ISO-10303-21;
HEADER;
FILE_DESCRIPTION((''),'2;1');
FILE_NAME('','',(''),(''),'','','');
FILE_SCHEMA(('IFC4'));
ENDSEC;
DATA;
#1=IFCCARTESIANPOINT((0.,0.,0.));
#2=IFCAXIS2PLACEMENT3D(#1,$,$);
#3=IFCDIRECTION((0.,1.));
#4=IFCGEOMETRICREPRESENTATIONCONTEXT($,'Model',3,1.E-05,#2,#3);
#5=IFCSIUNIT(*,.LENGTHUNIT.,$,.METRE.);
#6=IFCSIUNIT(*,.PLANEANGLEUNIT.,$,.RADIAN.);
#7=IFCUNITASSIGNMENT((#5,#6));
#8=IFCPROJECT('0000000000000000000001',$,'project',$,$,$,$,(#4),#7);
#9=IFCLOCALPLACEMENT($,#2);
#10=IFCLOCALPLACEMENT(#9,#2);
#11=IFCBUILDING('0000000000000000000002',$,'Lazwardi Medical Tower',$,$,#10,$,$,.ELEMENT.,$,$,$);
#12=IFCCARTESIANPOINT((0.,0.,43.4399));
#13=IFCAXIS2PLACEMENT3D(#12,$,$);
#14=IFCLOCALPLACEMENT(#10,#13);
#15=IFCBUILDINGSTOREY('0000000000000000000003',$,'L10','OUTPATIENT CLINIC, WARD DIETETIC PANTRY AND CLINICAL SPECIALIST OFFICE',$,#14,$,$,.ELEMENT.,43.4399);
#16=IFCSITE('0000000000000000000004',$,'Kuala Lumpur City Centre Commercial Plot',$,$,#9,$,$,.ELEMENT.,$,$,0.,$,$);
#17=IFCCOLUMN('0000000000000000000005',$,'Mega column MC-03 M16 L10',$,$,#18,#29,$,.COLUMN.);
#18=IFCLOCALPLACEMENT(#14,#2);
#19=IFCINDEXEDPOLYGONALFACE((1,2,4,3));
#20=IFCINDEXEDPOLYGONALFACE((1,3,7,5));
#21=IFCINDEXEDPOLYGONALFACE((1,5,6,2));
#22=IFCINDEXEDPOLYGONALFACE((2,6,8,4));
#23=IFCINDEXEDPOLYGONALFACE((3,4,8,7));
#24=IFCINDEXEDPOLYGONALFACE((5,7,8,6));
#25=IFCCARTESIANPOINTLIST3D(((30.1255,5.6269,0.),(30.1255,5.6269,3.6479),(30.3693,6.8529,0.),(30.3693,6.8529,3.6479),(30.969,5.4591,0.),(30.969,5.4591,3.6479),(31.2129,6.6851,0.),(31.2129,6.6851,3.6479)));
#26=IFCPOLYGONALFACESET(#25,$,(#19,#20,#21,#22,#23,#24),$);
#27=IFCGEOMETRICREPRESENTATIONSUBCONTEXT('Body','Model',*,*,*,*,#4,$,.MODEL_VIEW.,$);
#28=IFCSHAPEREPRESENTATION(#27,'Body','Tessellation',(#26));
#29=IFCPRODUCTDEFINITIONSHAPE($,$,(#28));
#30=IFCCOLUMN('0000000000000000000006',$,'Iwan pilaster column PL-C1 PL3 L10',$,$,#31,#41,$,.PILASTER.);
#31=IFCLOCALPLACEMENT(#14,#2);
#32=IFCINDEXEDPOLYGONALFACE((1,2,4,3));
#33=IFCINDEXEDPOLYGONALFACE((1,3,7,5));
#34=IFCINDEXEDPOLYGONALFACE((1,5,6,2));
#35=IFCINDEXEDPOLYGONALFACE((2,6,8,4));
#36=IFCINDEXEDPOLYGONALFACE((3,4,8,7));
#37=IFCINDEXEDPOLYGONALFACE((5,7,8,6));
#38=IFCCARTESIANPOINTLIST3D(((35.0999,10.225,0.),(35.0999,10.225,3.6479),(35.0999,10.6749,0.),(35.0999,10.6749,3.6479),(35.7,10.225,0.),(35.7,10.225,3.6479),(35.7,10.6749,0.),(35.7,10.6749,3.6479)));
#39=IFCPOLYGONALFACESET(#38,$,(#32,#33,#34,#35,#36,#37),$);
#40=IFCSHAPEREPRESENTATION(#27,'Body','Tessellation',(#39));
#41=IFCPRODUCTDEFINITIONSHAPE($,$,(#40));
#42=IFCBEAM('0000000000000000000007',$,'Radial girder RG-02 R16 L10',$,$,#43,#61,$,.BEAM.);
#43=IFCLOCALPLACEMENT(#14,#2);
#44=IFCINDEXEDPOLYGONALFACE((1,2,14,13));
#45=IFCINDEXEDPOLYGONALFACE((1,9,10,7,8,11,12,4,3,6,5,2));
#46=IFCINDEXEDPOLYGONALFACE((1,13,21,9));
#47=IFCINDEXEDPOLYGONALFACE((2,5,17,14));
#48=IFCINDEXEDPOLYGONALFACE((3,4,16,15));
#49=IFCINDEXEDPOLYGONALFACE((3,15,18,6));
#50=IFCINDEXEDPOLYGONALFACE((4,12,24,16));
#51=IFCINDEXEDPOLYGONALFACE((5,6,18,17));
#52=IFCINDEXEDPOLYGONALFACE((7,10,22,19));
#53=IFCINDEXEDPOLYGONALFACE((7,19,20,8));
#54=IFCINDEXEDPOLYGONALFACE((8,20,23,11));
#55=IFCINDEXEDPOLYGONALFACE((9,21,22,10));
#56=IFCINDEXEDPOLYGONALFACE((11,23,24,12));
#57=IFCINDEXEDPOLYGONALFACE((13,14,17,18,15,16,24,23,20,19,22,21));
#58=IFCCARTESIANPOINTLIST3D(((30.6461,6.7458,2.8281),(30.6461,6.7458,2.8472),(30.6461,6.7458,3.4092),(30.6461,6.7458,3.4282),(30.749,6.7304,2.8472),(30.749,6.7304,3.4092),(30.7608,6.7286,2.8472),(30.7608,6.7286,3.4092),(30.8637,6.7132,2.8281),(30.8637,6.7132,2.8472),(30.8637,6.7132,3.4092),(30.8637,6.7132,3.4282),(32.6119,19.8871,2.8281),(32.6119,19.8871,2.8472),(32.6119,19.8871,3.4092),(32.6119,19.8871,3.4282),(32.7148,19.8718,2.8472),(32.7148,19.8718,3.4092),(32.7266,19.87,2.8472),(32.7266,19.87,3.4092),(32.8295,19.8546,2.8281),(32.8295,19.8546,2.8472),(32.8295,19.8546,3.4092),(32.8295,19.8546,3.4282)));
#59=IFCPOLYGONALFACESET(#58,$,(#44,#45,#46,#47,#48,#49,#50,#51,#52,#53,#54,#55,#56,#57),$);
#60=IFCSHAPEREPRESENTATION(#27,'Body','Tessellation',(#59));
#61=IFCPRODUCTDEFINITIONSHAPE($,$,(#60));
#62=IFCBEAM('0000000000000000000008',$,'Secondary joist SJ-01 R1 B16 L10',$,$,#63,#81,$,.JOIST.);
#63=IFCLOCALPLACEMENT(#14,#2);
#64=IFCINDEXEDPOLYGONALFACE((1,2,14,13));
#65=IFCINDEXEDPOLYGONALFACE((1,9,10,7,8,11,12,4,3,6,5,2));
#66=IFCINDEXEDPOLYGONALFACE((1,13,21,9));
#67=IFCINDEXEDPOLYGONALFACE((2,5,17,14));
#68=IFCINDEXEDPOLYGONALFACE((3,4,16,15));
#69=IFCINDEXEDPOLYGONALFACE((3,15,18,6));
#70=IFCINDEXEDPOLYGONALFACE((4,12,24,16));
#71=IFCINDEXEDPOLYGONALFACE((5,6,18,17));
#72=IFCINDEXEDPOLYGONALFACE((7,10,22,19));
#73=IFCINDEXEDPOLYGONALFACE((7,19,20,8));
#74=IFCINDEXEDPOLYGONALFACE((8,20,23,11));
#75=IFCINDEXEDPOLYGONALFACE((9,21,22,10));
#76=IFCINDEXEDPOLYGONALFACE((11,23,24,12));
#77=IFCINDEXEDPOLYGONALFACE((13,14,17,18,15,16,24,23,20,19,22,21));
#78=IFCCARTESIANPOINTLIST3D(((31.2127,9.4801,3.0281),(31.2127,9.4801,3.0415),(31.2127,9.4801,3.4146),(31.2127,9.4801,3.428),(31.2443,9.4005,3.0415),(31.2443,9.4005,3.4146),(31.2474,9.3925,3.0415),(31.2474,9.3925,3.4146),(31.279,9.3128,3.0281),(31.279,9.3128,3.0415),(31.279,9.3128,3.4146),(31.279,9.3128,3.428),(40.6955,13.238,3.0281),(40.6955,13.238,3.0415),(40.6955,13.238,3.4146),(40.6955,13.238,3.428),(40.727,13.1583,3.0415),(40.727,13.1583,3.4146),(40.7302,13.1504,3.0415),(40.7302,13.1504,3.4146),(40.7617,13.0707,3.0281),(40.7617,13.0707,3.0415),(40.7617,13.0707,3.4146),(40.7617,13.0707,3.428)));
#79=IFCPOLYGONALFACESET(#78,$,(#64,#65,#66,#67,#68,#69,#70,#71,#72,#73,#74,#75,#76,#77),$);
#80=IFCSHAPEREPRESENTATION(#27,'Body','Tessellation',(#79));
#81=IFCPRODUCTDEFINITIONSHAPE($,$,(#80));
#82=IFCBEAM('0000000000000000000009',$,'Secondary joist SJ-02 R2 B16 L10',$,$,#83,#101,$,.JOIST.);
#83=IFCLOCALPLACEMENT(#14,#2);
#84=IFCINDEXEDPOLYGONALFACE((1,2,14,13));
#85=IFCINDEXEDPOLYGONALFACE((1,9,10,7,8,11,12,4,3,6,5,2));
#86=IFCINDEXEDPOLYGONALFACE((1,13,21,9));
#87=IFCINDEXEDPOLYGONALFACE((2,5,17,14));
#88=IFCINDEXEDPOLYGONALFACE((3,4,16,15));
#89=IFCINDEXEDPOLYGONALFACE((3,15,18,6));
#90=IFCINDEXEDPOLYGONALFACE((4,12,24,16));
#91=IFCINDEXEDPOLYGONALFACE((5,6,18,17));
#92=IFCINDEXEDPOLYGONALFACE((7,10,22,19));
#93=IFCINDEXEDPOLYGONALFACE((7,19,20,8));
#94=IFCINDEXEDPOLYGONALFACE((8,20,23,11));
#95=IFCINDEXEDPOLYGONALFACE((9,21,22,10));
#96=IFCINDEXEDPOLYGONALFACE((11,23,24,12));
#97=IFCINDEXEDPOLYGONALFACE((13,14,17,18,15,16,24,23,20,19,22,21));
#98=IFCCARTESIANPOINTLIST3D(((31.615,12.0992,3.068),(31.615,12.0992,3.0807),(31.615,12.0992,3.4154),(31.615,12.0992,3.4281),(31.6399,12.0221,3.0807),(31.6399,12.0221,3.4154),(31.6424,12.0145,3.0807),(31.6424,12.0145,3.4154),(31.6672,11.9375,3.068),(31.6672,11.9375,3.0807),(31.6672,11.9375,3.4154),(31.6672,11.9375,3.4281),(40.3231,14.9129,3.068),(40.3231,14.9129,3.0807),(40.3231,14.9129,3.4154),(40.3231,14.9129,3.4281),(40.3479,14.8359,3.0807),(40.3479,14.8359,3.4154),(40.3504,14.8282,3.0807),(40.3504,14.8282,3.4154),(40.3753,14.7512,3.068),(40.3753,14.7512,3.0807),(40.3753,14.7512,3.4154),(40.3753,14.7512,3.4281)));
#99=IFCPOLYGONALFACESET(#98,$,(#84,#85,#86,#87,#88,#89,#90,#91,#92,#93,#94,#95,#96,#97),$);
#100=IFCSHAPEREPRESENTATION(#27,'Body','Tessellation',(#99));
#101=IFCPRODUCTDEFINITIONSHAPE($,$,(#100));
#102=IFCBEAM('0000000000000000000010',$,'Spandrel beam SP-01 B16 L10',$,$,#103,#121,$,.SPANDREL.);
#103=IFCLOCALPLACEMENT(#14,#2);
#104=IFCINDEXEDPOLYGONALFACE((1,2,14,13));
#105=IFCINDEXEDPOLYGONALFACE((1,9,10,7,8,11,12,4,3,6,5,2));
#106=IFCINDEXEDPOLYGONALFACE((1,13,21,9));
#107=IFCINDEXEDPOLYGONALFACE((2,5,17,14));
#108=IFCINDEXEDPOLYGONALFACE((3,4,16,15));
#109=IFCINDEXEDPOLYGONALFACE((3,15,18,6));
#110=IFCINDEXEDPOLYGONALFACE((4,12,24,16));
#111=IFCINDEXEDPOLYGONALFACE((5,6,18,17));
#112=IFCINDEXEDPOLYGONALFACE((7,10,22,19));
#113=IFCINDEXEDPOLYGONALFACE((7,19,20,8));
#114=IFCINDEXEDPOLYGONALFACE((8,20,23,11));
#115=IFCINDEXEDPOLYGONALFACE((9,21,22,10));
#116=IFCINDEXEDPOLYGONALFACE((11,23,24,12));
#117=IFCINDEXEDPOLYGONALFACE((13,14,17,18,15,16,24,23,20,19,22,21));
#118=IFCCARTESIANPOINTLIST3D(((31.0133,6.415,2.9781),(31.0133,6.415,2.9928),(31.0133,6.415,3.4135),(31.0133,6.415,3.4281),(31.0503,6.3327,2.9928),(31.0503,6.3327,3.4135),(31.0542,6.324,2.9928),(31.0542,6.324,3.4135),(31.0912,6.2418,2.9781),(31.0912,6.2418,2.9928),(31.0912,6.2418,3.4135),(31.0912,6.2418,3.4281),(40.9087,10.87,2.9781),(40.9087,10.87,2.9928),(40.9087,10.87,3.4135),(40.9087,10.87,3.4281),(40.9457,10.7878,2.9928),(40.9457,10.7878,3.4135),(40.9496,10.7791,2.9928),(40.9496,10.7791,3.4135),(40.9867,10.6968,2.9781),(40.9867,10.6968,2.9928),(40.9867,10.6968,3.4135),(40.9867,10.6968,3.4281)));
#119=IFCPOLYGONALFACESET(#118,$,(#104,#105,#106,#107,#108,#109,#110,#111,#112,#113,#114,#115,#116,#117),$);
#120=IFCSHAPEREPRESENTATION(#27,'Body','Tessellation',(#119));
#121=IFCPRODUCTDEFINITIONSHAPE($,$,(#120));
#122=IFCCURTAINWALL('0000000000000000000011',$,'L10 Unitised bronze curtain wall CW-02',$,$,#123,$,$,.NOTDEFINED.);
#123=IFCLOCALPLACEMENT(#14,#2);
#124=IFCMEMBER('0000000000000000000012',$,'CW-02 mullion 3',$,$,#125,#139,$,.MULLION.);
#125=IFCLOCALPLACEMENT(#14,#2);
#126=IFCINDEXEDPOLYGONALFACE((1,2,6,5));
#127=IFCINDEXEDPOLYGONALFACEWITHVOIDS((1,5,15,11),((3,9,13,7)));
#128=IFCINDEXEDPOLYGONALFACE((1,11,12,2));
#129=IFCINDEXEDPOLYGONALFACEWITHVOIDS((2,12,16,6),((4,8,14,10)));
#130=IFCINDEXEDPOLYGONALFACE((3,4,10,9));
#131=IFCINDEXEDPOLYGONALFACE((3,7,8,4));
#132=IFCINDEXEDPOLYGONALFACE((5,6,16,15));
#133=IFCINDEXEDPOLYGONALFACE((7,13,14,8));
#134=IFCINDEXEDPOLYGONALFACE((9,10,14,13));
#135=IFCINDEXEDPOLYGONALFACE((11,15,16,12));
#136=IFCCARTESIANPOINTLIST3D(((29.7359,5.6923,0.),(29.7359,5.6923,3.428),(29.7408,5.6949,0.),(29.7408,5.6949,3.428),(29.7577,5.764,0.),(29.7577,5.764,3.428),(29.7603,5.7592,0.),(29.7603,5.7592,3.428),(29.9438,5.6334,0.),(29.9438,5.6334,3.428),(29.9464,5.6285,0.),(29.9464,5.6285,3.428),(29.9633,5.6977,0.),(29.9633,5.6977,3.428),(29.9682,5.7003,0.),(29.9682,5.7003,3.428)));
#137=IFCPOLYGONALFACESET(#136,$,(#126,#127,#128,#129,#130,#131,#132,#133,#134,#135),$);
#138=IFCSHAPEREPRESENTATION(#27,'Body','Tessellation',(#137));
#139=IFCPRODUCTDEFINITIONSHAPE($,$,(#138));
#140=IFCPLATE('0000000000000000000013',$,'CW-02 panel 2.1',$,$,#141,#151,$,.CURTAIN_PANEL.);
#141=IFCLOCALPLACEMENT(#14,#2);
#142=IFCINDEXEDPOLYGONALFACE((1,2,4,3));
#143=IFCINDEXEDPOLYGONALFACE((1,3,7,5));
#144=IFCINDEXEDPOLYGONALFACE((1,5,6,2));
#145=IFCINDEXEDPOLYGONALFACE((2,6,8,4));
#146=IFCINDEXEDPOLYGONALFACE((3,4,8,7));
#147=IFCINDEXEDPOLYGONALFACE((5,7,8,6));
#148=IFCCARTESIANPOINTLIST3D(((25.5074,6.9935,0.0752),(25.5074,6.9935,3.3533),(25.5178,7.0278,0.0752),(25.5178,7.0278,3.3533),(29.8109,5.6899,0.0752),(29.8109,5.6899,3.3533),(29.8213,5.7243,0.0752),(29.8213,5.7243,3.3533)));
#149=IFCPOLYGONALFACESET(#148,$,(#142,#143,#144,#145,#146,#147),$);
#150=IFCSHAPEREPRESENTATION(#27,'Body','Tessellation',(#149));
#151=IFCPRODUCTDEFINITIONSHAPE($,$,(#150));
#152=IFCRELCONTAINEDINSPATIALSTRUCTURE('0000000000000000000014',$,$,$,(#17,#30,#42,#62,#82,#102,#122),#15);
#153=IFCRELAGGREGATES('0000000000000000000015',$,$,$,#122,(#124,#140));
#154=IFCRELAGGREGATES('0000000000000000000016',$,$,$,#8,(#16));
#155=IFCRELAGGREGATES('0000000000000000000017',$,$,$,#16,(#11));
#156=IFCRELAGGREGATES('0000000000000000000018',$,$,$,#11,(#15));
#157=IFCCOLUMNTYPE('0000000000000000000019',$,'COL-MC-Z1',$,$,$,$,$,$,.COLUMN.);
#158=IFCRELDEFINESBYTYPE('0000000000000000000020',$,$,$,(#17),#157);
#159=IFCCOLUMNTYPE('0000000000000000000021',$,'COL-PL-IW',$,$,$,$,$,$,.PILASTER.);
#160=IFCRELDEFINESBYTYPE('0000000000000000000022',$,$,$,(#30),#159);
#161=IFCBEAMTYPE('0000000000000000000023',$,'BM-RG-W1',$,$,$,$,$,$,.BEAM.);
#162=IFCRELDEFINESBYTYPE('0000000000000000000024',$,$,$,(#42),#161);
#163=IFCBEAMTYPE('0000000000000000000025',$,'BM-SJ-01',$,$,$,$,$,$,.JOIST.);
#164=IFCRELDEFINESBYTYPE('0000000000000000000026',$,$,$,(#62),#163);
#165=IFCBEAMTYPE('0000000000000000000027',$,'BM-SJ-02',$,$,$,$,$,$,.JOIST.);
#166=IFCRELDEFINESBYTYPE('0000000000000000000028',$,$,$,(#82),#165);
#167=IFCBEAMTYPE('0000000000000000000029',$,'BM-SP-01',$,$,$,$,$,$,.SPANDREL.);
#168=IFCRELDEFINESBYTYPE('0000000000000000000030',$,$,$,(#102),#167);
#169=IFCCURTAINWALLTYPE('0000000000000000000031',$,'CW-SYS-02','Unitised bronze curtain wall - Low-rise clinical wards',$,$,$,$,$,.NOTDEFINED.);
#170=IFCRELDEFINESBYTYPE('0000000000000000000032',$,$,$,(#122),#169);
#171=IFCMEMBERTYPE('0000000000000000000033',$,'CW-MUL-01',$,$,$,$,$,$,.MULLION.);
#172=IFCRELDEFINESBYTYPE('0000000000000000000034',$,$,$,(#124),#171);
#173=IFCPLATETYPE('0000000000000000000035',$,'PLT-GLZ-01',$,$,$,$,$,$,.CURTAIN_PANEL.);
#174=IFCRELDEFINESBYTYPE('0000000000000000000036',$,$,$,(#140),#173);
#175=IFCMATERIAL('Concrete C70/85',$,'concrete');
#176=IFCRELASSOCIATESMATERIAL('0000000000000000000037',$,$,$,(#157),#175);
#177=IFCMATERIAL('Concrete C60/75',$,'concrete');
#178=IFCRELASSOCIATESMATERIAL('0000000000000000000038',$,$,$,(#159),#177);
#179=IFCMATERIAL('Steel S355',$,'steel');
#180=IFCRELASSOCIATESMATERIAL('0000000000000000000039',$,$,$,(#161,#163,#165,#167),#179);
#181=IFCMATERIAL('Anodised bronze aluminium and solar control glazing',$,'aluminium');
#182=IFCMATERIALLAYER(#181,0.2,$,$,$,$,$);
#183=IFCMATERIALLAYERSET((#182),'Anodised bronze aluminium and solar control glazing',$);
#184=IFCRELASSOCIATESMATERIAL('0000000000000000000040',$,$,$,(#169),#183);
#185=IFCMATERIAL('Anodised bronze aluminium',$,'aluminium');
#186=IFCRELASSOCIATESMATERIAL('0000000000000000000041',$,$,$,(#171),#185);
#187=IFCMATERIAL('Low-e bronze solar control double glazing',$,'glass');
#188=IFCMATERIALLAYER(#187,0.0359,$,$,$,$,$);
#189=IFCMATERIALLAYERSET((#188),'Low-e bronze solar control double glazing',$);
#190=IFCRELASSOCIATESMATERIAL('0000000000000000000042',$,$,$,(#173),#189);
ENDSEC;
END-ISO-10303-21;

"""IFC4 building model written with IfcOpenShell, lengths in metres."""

from ifc_helpers import new_model, si_unit, direction, frame, origin, origin_2d, place, context, subcontext, project, spatial, rectangle, hollow_rectangle, i_section, extrude, material, layer, layer_set, material_profile, profile_set, type_object, element, aggregate, save


model = new_model("IFC4")

# Units and contexts
model_context = context("Model", 3, precision=1e-05, world=origin(), true_north=direction((0.0, 1.0)))
body_context = subcontext(model_context, "Body", "Model", "MODEL_VIEW")
ifc_project = project(units=[si_unit("LENGTHUNIT", "METRE"), si_unit("PLANEANGLEUNIT", "RADIAN")], contexts=[model_context])

# Site, building, storey
site_placement = place(None, origin())
site = spatial("IfcSite", under=ifc_project, at=site_placement, Name="Kuala Lumpur City Centre Commercial Plot", CompositionType="ELEMENT", RefElevation=0.0)
building_placement = place(site_placement, origin())
building = spatial("IfcBuilding", under=site, at=building_placement, Name="Lazwardi Medical Tower", CompositionType="ELEMENT")
storey_placement = place(building_placement, frame((0.0, 0.0, 43.4399)))
storey = spatial("IfcBuildingStorey", under=building, at=storey_placement, Name="L10", Description="OUTPATIENT CLINIC, WARD DIETETIC PANTRY AND CLINICAL SPECIALIST OFFICE", CompositionType="ELEMENT", Elevation=43.4399)

# Columns
ifc_material_1 = material(Name="Concrete C70/85", Category="concrete")
ifc_material_profile_1 = material_profile(ifc_material_1, rectangle(XDim=1.25, YDim=0.8601, at=origin_2d()), Name="CFT-RECT 1250x860")
ifc_profile_set_1 = profile_set([ifc_material_profile_1], Name="Concrete C70/85")
column_type_1 = type_object("IfcColumnType", Name="COL-MC-Z1", PredefinedType="COLUMN", material=ifc_profile_set_1)
column_1_placement = place(storey_placement, frame((30.6692, 6.156, 0.0), z_axis=(0.0, 0.0, 1.0), x_axis=(-0.19509, -0.980785, 0.0)))
element("IfcColumn", 1, at=column_1_placement, inside=storey, type_object=column_type_1, Name="Mega column MC-03 M16 L10", PredefinedType="COLUMN", context=body_context, shape_type="SweptSolid", body=[
    extrude(rectangle(XDim=1.25, YDim=0.8601, at=origin_2d()), origin(), (0.0, 0.0, 1.0), 3.6479),
])
ifc_material_2 = material(Name="Concrete C60/75", Category="concrete")
ifc_material_profile_2 = material_profile(ifc_material_2, rectangle(XDim=0.6001, YDim=0.45, at=origin_2d()), Name="RC 600x450")
ifc_profile_set_2 = profile_set([ifc_material_profile_2], Name="Concrete C60/75")
column_type_2 = type_object("IfcColumnType", Name="COL-PL-IW", PredefinedType="PILASTER", material=ifc_profile_set_2)
column_2_placement = place(storey_placement, frame((35.3999, 10.45, 0.0), z_axis=(0.0, 0.0, 1.0), x_axis=(1.0, 0.0, 0.0)))
element("IfcColumn", 2, at=column_2_placement, inside=storey, type_object=column_type_2, Name="Iwan pilaster column PL-C1 PL3 L10", PredefinedType="PILASTER", context=body_context, shape_type="SweptSolid", body=[
    extrude(rectangle(XDim=0.6001, YDim=0.45, at=origin_2d()), origin(), (0.0, 0.0, 1.0), 3.6479),
])

# Beams
ifc_material_3 = material(Name="Steel S355", Category="steel")
ifc_material_profile_3 = material_profile(ifc_material_3, i_section(OverallWidth=0.22, OverallDepth=0.6001, WebThickness=0.012, FlangeThickness=0.019, at=origin_2d()), Name="IPE 600")
ifc_profile_set_3 = profile_set([ifc_material_profile_3], Name="Steel S355")
beam_type_1 = type_object("IfcBeamType", Name="BM-RG-W1", PredefinedType="BEAM", material=ifc_profile_set_3)
beam_1_placement = place(storey_placement, frame((30.7549, 6.7295, 3.1282), z_axis=(0.147944, 0.988996, 0.0), x_axis=(-0.988996, 0.147944, 0.0)))
element("IfcBeam", 3, at=beam_1_placement, inside=storey, type_object=beam_type_1, Name="Radial girder RG-02 R16 L10", PredefinedType="BEAM", context=body_context, shape_type="SweptSolid", body=[
    extrude(i_section(OverallWidth=0.22, OverallDepth=0.6001, WebThickness=0.012, FlangeThickness=0.019, at=origin_2d()), origin(), (0.0, 0.0, 1.0), 13.2876),
])
ifc_material_profile_4 = material_profile(ifc_material_3, i_section(OverallWidth=0.1799, OverallDepth=0.3999, WebThickness=0.0085, FlangeThickness=0.0134, at=origin_2d()), Name="IPE 400")
ifc_profile_set_4 = profile_set([ifc_material_profile_4], Name="Steel S355")
beam_type_2 = type_object("IfcBeamType", Name="BM-SJ-01", PredefinedType="JOIST", material=ifc_profile_set_4)
beam_2_placement = place(storey_placement, frame((31.2458, 9.3965, 3.228), z_axis=(0.929664, 0.368409, 0.0), x_axis=(-0.368409, 0.929664, 0.0)))
element("IfcBeam", 4, at=beam_2_placement, inside=storey, type_object=beam_type_2, Name="Secondary joist SJ-01 R1 B16 L10", PredefinedType="JOIST", context=body_context, shape_type="SweptSolid", body=[
    extrude(i_section(OverallWidth=0.1799, OverallDepth=0.3999, WebThickness=0.0085, FlangeThickness=0.0134, at=origin_2d()), origin(), (0.0, 0.0, 1.0), 10.2002),
])
ifc_material_profile_5 = material_profile(ifc_material_3, i_section(OverallWidth=0.1699, OverallDepth=0.3601, WebThickness=0.0081, FlangeThickness=0.0127, at=origin_2d()), Name="IPE 360")
ifc_profile_set_5 = profile_set([ifc_material_profile_5], Name="Steel S355")
beam_type_3 = type_object("IfcBeamType", Name="BM-SJ-02", PredefinedType="JOIST", material=ifc_profile_set_5)
beam_3_placement = place(storey_placement, frame((31.6411, 12.0183, 3.248), z_axis=(0.951559, 0.307467, 0.0), x_axis=(-0.307467, 0.951559, 0.0)))
element("IfcBeam", 5, at=beam_3_placement, inside=storey, type_object=beam_type_3, Name="Secondary joist SJ-02 R2 B16 L10", PredefinedType="JOIST", context=body_context, shape_type="SweptSolid", body=[
    extrude(i_section(OverallWidth=0.1699, OverallDepth=0.3601, WebThickness=0.0081, FlangeThickness=0.0127, at=origin_2d()), origin(), (0.0, 0.0, 1.0), 9.1514),
])
ifc_material_profile_6 = material_profile(ifc_material_3, i_section(OverallWidth=0.1899, OverallDepth=0.45, WebThickness=0.0095, FlangeThickness=0.0146, at=origin_2d()), Name="IPE 450")
ifc_profile_set_6 = profile_set([ifc_material_profile_6], Name="Steel S355")
beam_type_4 = type_object("IfcBeamType", Name="BM-SP-01", PredefinedType="SPANDREL", material=ifc_profile_set_6)
beam_4_placement = place(storey_placement, frame((31.0522, 6.3284, 3.2031), z_axis=(0.911849, 0.410526, 0.0), x_axis=(-0.410526, 0.911849, 0.0)))
element("IfcBeam", 6, at=beam_4_placement, inside=storey, type_object=beam_type_4, Name="Spandrel beam SP-01 B16 L10", PredefinedType="SPANDREL", context=body_context, shape_type="SweptSolid", body=[
    extrude(i_section(OverallWidth=0.1899, OverallDepth=0.45, WebThickness=0.0095, FlangeThickness=0.0146, at=origin_2d()), origin(), (0.0, 0.0, 1.0), 10.8521),
])

# Curtain wall, member, plate
ifc_material_4 = material(Name="Anodised bronze aluminium and solar control glazing", Category="aluminium")
ifc_layer_1 = layer(ifc_material_4, 0.2)
ifc_layer_set_1 = layer_set([ifc_layer_1], Name="Anodised bronze aluminium and solar control glazing")
curtain_wall_type = type_object("IfcCurtainWallType", Name="CW-SYS-02", Description="Unitised bronze curtain wall - Low-rise clinical wards", PredefinedType="NOTDEFINED", material=ifc_layer_set_1)
curtain_wall_placement = place(storey_placement, origin())
curtain_wall = element("IfcCurtainWall", 7, at=curtain_wall_placement, inside=storey, type_object=curtain_wall_type, Name="L10 Unitised bronze curtain wall CW-02", PredefinedType="NOTDEFINED")
ifc_material_5 = material(Name="Anodised bronze aluminium", Category="aluminium")
ifc_material_profile_7 = material_profile(ifc_material_5, hollow_rectangle(XDim=0.075, YDim=0.22, WallThickness=0.0039, at=origin_2d()), Name="ALU-MULLION 220x75x4")
ifc_profile_set_7 = profile_set([ifc_material_profile_7], Name="Anodised bronze aluminium")
member_type = type_object("IfcMemberType", Name="CW-MUL-01", PredefinedType="MULLION", material=ifc_profile_set_7)
member_placement = place(storey_placement, frame((29.8521, 5.6963, 0.0), z_axis=(0.0, 0.0, 1.0), x_axis=(0.289896, 0.957058, 0.0)))
member = element("IfcMember", 8, at=member_placement, type_object=member_type, Name="CW-02 mullion 3", PredefinedType="MULLION", context=body_context, shape_type="SweptSolid", body=[
    extrude(hollow_rectangle(XDim=0.075, YDim=0.22, WallThickness=0.0039, at=origin_2d()), origin(), (0.0, 0.0, 1.0), 3.428),
])
ifc_material_6 = material(Name="Low-e bronze solar control double glazing", Category="glass")
ifc_layer_2 = layer(ifc_material_6, 0.0359)
ifc_layer_set_2 = layer_set([ifc_layer_2], Name="Low-e bronze solar control double glazing")
plate_type = type_object("IfcPlateType", Name="PLT-GLZ-01", PredefinedType="CURTAIN_PANEL", material=ifc_layer_set_2)
plate_placement = place(storey_placement, frame((27.6643, 6.3589, 0.0752), z_axis=(0.0, 0.0, 1.0), x_axis=(0.957058, -0.289896, 0.0)))
plate = element("IfcPlate", 9, at=plate_placement, type_object=plate_type, Name="CW-02 panel 2.1", PredefinedType="CURTAIN_PANEL", context=body_context, shape_type="SweptSolid", body=[
    extrude(rectangle(XDim=4.4966, YDim=0.0359, at=origin_2d()), origin(), (0.0, 0.0, 1.0), 3.2781),
])
aggregate(curtain_wall, [member, plate])

save(model, "model.ifc")
